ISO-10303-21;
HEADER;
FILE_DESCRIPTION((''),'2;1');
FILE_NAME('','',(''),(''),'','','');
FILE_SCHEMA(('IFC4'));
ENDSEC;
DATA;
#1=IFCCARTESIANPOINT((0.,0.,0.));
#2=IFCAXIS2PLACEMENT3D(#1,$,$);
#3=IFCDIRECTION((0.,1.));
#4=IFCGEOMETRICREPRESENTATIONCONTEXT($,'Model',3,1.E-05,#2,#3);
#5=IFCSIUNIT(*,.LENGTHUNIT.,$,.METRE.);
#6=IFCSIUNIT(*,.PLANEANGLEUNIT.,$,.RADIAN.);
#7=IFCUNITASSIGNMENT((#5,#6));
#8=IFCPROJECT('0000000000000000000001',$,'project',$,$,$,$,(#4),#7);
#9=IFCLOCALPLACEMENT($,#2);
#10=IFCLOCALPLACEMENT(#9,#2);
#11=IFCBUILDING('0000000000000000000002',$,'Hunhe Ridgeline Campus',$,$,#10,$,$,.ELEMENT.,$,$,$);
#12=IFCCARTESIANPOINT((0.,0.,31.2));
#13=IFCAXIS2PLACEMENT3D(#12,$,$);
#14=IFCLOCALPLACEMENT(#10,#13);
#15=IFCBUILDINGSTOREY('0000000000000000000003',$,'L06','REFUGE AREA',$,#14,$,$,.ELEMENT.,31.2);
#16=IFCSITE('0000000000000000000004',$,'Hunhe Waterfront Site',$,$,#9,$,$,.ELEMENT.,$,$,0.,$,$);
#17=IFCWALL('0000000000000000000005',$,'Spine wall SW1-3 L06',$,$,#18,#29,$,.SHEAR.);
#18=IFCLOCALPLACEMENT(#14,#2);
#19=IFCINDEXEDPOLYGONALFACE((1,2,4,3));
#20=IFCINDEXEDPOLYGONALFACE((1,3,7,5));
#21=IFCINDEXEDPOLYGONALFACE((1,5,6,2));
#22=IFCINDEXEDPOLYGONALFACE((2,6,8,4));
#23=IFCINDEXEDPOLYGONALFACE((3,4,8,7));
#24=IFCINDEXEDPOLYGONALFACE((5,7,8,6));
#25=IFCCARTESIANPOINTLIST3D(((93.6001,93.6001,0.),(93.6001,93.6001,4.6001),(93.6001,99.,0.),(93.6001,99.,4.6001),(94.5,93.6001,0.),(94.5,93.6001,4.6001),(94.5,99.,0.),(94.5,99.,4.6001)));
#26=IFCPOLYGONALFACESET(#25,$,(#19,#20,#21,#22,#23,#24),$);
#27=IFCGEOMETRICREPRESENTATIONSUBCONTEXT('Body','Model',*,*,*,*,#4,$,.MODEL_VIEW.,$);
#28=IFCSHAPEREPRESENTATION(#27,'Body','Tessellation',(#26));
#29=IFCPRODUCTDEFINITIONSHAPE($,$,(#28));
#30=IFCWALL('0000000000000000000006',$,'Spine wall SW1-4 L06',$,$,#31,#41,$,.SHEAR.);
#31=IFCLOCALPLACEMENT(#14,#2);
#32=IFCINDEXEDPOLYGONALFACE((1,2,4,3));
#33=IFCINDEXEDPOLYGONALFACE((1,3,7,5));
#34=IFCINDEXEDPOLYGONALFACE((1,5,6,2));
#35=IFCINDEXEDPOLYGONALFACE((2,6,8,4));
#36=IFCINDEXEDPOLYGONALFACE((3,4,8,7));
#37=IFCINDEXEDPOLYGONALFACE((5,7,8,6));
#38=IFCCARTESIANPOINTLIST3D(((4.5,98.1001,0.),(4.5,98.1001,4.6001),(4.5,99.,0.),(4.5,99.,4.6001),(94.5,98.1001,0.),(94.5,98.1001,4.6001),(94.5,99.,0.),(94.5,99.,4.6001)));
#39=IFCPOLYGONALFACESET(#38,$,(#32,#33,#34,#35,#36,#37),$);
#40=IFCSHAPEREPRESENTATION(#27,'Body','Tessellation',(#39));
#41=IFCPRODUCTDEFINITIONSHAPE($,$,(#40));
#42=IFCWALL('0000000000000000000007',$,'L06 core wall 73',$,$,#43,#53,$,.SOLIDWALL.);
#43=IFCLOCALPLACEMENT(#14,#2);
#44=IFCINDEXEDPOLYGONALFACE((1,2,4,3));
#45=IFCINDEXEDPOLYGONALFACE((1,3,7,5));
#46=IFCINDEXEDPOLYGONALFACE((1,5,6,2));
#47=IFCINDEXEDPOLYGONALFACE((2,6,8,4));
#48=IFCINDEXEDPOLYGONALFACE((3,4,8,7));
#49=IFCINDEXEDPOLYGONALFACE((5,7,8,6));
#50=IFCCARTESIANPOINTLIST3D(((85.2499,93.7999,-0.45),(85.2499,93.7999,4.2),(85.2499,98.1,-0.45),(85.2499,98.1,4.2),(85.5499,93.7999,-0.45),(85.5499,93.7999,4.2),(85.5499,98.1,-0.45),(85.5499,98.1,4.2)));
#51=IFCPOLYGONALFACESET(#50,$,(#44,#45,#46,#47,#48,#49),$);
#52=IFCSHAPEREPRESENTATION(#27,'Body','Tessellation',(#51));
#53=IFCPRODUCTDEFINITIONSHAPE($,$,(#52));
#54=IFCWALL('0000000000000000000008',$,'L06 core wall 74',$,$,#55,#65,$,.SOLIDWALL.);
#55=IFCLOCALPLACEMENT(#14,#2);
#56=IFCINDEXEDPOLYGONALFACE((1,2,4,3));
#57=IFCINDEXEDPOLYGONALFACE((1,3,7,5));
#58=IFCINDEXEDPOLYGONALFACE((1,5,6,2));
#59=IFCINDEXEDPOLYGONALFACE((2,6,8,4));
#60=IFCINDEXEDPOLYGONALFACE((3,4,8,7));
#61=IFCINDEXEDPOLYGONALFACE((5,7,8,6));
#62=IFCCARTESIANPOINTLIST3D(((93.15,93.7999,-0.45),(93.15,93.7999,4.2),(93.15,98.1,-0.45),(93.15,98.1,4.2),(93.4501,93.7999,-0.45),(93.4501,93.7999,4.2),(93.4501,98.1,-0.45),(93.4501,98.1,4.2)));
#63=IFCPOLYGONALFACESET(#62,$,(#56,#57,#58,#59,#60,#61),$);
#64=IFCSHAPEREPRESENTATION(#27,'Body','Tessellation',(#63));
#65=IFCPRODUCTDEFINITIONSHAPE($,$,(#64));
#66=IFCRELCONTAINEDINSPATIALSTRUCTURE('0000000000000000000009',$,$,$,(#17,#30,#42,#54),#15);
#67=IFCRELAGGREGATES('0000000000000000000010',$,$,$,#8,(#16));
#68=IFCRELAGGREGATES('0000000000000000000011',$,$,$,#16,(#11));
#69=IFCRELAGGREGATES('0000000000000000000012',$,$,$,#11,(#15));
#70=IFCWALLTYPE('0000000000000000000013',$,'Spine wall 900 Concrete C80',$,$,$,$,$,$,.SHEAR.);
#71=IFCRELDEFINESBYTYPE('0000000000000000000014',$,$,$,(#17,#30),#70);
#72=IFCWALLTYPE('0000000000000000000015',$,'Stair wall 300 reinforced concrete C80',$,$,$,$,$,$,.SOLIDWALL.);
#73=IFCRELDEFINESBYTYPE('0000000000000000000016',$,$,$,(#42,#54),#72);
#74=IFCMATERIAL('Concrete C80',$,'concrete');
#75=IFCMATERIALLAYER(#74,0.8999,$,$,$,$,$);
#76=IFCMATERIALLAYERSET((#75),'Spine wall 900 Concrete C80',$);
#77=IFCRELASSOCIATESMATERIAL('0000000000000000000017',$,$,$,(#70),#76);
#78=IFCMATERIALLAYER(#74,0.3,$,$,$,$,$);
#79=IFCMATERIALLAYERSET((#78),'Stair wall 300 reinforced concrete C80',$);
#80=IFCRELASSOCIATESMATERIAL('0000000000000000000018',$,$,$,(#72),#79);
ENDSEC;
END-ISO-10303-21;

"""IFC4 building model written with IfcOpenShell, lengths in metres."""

from ifc_helpers import new_model, si_unit, direction, frame, frame_2d, origin, place, context, subcontext, project, spatial, rectangle, extrude, material, layer, layer_set, type_object, element, save


model = new_model("IFC4")

# Units and contexts
model_context = context("Model", 3, precision=1e-05, world=origin(), true_north=direction((0.0, 1.0)))
body_context = subcontext(model_context, "Body", "Model", "MODEL_VIEW")
ifc_project = project(units=[si_unit("LENGTHUNIT", "METRE"), si_unit("PLANEANGLEUNIT", "RADIAN")], contexts=[model_context])

# Site, building, storey
site_placement = place(None, origin())
site = spatial("IfcSite", under=ifc_project, at=site_placement, Name="Hunhe Waterfront Site", CompositionType="ELEMENT", RefElevation=0.0)
building_placement = place(site_placement, origin())
building = spatial("IfcBuilding", under=site, at=building_placement, Name="Hunhe Ridgeline Campus", CompositionType="ELEMENT")
storey_placement = place(building_placement, frame((0.0, 0.0, 31.2)))
storey = spatial("IfcBuildingStorey", under=building, at=storey_placement, Name="L06", Description="REFUGE AREA", CompositionType="ELEMENT", Elevation=31.2)

# Shared definitions
ifc_material_1 = material(Name="Concrete C80", Category="concrete")

# Walls
ifc_layer_1 = layer(ifc_material_1, 0.8999)
ifc_layer_set_1 = layer_set([ifc_layer_1], Name="Spine wall 900 Concrete C80")
wall_type_1 = type_object("IfcWallType", Name="Spine wall 900 Concrete C80", PredefinedType="SHEAR", material=ifc_layer_set_1)
wall_1_placement = place(storey_placement, frame((94.05, 93.6001, 0.0), z_axis=(0.0, 0.0, 1.0), x_axis=(0.0, 1.0, 0.0)))
element("IfcWall", 1, at=wall_1_placement, inside=storey, type_object=wall_type_1, Name="Spine wall SW1-3 L06", PredefinedType="SHEAR", context=body_context, shape_type="SweptSolid", body=[
    extrude(rectangle(XDim=5.3999, YDim=0.8999, at=frame_2d((2.7, 0.0))), origin(), (0.0, 0.0, 1.0), 4.6001),
])
wall_2_placement = place(storey_placement, frame((94.5, 98.55, 0.0), z_axis=(0.0, 0.0, 1.0), x_axis=(-1.0, 0.0, 0.0)))
element("IfcWall", 2, at=wall_2_placement, inside=storey, type_object=wall_type_1, Name="Spine wall SW1-4 L06", PredefinedType="SHEAR", context=body_context, shape_type="SweptSolid", body=[
    extrude(rectangle(XDim=90.0, YDim=0.8999, at=frame_2d((45.0, 0.0))), origin(), (0.0, 0.0, 1.0), 4.6001),
])

# Shared definitions
ifc_layer_2 = layer(ifc_material_1, 0.3)
ifc_layer_set_2 = layer_set([ifc_layer_2], Name="Stair wall 300 reinforced concrete C80")
wall_type_2 = type_object("IfcWallType", Name="Stair wall 300 reinforced concrete C80", PredefinedType="SOLIDWALL", material=ifc_layer_set_2)

# Walls
for number, where, z_axis, x_axis, name in (
    (3, (85.3999, 93.8, -0.45), (0.0, 0.0, 1.0), (0.0, 1.0, 0.0), "L06 core wall 73"),
    (4, (93.3, 93.8, -0.45), (0.0, 0.0, 1.0), (0.0, 1.0, 0.0), "L06 core wall 74"),
):
    element("IfcWall", number, at=place(storey_placement, frame(where, z_axis=z_axis, x_axis=x_axis)), inside=storey, type_object=wall_type_2, Name=name, PredefinedType="SOLIDWALL", context=body_context, shape_type="SweptSolid", body=[
        extrude(rectangle(XDim=4.3, YDim=0.3, at=frame_2d((2.1499, 0.0))), origin(), (0.0, 0.0, 1.0), 4.6499),
    ])

save(model, "model.ifc")
